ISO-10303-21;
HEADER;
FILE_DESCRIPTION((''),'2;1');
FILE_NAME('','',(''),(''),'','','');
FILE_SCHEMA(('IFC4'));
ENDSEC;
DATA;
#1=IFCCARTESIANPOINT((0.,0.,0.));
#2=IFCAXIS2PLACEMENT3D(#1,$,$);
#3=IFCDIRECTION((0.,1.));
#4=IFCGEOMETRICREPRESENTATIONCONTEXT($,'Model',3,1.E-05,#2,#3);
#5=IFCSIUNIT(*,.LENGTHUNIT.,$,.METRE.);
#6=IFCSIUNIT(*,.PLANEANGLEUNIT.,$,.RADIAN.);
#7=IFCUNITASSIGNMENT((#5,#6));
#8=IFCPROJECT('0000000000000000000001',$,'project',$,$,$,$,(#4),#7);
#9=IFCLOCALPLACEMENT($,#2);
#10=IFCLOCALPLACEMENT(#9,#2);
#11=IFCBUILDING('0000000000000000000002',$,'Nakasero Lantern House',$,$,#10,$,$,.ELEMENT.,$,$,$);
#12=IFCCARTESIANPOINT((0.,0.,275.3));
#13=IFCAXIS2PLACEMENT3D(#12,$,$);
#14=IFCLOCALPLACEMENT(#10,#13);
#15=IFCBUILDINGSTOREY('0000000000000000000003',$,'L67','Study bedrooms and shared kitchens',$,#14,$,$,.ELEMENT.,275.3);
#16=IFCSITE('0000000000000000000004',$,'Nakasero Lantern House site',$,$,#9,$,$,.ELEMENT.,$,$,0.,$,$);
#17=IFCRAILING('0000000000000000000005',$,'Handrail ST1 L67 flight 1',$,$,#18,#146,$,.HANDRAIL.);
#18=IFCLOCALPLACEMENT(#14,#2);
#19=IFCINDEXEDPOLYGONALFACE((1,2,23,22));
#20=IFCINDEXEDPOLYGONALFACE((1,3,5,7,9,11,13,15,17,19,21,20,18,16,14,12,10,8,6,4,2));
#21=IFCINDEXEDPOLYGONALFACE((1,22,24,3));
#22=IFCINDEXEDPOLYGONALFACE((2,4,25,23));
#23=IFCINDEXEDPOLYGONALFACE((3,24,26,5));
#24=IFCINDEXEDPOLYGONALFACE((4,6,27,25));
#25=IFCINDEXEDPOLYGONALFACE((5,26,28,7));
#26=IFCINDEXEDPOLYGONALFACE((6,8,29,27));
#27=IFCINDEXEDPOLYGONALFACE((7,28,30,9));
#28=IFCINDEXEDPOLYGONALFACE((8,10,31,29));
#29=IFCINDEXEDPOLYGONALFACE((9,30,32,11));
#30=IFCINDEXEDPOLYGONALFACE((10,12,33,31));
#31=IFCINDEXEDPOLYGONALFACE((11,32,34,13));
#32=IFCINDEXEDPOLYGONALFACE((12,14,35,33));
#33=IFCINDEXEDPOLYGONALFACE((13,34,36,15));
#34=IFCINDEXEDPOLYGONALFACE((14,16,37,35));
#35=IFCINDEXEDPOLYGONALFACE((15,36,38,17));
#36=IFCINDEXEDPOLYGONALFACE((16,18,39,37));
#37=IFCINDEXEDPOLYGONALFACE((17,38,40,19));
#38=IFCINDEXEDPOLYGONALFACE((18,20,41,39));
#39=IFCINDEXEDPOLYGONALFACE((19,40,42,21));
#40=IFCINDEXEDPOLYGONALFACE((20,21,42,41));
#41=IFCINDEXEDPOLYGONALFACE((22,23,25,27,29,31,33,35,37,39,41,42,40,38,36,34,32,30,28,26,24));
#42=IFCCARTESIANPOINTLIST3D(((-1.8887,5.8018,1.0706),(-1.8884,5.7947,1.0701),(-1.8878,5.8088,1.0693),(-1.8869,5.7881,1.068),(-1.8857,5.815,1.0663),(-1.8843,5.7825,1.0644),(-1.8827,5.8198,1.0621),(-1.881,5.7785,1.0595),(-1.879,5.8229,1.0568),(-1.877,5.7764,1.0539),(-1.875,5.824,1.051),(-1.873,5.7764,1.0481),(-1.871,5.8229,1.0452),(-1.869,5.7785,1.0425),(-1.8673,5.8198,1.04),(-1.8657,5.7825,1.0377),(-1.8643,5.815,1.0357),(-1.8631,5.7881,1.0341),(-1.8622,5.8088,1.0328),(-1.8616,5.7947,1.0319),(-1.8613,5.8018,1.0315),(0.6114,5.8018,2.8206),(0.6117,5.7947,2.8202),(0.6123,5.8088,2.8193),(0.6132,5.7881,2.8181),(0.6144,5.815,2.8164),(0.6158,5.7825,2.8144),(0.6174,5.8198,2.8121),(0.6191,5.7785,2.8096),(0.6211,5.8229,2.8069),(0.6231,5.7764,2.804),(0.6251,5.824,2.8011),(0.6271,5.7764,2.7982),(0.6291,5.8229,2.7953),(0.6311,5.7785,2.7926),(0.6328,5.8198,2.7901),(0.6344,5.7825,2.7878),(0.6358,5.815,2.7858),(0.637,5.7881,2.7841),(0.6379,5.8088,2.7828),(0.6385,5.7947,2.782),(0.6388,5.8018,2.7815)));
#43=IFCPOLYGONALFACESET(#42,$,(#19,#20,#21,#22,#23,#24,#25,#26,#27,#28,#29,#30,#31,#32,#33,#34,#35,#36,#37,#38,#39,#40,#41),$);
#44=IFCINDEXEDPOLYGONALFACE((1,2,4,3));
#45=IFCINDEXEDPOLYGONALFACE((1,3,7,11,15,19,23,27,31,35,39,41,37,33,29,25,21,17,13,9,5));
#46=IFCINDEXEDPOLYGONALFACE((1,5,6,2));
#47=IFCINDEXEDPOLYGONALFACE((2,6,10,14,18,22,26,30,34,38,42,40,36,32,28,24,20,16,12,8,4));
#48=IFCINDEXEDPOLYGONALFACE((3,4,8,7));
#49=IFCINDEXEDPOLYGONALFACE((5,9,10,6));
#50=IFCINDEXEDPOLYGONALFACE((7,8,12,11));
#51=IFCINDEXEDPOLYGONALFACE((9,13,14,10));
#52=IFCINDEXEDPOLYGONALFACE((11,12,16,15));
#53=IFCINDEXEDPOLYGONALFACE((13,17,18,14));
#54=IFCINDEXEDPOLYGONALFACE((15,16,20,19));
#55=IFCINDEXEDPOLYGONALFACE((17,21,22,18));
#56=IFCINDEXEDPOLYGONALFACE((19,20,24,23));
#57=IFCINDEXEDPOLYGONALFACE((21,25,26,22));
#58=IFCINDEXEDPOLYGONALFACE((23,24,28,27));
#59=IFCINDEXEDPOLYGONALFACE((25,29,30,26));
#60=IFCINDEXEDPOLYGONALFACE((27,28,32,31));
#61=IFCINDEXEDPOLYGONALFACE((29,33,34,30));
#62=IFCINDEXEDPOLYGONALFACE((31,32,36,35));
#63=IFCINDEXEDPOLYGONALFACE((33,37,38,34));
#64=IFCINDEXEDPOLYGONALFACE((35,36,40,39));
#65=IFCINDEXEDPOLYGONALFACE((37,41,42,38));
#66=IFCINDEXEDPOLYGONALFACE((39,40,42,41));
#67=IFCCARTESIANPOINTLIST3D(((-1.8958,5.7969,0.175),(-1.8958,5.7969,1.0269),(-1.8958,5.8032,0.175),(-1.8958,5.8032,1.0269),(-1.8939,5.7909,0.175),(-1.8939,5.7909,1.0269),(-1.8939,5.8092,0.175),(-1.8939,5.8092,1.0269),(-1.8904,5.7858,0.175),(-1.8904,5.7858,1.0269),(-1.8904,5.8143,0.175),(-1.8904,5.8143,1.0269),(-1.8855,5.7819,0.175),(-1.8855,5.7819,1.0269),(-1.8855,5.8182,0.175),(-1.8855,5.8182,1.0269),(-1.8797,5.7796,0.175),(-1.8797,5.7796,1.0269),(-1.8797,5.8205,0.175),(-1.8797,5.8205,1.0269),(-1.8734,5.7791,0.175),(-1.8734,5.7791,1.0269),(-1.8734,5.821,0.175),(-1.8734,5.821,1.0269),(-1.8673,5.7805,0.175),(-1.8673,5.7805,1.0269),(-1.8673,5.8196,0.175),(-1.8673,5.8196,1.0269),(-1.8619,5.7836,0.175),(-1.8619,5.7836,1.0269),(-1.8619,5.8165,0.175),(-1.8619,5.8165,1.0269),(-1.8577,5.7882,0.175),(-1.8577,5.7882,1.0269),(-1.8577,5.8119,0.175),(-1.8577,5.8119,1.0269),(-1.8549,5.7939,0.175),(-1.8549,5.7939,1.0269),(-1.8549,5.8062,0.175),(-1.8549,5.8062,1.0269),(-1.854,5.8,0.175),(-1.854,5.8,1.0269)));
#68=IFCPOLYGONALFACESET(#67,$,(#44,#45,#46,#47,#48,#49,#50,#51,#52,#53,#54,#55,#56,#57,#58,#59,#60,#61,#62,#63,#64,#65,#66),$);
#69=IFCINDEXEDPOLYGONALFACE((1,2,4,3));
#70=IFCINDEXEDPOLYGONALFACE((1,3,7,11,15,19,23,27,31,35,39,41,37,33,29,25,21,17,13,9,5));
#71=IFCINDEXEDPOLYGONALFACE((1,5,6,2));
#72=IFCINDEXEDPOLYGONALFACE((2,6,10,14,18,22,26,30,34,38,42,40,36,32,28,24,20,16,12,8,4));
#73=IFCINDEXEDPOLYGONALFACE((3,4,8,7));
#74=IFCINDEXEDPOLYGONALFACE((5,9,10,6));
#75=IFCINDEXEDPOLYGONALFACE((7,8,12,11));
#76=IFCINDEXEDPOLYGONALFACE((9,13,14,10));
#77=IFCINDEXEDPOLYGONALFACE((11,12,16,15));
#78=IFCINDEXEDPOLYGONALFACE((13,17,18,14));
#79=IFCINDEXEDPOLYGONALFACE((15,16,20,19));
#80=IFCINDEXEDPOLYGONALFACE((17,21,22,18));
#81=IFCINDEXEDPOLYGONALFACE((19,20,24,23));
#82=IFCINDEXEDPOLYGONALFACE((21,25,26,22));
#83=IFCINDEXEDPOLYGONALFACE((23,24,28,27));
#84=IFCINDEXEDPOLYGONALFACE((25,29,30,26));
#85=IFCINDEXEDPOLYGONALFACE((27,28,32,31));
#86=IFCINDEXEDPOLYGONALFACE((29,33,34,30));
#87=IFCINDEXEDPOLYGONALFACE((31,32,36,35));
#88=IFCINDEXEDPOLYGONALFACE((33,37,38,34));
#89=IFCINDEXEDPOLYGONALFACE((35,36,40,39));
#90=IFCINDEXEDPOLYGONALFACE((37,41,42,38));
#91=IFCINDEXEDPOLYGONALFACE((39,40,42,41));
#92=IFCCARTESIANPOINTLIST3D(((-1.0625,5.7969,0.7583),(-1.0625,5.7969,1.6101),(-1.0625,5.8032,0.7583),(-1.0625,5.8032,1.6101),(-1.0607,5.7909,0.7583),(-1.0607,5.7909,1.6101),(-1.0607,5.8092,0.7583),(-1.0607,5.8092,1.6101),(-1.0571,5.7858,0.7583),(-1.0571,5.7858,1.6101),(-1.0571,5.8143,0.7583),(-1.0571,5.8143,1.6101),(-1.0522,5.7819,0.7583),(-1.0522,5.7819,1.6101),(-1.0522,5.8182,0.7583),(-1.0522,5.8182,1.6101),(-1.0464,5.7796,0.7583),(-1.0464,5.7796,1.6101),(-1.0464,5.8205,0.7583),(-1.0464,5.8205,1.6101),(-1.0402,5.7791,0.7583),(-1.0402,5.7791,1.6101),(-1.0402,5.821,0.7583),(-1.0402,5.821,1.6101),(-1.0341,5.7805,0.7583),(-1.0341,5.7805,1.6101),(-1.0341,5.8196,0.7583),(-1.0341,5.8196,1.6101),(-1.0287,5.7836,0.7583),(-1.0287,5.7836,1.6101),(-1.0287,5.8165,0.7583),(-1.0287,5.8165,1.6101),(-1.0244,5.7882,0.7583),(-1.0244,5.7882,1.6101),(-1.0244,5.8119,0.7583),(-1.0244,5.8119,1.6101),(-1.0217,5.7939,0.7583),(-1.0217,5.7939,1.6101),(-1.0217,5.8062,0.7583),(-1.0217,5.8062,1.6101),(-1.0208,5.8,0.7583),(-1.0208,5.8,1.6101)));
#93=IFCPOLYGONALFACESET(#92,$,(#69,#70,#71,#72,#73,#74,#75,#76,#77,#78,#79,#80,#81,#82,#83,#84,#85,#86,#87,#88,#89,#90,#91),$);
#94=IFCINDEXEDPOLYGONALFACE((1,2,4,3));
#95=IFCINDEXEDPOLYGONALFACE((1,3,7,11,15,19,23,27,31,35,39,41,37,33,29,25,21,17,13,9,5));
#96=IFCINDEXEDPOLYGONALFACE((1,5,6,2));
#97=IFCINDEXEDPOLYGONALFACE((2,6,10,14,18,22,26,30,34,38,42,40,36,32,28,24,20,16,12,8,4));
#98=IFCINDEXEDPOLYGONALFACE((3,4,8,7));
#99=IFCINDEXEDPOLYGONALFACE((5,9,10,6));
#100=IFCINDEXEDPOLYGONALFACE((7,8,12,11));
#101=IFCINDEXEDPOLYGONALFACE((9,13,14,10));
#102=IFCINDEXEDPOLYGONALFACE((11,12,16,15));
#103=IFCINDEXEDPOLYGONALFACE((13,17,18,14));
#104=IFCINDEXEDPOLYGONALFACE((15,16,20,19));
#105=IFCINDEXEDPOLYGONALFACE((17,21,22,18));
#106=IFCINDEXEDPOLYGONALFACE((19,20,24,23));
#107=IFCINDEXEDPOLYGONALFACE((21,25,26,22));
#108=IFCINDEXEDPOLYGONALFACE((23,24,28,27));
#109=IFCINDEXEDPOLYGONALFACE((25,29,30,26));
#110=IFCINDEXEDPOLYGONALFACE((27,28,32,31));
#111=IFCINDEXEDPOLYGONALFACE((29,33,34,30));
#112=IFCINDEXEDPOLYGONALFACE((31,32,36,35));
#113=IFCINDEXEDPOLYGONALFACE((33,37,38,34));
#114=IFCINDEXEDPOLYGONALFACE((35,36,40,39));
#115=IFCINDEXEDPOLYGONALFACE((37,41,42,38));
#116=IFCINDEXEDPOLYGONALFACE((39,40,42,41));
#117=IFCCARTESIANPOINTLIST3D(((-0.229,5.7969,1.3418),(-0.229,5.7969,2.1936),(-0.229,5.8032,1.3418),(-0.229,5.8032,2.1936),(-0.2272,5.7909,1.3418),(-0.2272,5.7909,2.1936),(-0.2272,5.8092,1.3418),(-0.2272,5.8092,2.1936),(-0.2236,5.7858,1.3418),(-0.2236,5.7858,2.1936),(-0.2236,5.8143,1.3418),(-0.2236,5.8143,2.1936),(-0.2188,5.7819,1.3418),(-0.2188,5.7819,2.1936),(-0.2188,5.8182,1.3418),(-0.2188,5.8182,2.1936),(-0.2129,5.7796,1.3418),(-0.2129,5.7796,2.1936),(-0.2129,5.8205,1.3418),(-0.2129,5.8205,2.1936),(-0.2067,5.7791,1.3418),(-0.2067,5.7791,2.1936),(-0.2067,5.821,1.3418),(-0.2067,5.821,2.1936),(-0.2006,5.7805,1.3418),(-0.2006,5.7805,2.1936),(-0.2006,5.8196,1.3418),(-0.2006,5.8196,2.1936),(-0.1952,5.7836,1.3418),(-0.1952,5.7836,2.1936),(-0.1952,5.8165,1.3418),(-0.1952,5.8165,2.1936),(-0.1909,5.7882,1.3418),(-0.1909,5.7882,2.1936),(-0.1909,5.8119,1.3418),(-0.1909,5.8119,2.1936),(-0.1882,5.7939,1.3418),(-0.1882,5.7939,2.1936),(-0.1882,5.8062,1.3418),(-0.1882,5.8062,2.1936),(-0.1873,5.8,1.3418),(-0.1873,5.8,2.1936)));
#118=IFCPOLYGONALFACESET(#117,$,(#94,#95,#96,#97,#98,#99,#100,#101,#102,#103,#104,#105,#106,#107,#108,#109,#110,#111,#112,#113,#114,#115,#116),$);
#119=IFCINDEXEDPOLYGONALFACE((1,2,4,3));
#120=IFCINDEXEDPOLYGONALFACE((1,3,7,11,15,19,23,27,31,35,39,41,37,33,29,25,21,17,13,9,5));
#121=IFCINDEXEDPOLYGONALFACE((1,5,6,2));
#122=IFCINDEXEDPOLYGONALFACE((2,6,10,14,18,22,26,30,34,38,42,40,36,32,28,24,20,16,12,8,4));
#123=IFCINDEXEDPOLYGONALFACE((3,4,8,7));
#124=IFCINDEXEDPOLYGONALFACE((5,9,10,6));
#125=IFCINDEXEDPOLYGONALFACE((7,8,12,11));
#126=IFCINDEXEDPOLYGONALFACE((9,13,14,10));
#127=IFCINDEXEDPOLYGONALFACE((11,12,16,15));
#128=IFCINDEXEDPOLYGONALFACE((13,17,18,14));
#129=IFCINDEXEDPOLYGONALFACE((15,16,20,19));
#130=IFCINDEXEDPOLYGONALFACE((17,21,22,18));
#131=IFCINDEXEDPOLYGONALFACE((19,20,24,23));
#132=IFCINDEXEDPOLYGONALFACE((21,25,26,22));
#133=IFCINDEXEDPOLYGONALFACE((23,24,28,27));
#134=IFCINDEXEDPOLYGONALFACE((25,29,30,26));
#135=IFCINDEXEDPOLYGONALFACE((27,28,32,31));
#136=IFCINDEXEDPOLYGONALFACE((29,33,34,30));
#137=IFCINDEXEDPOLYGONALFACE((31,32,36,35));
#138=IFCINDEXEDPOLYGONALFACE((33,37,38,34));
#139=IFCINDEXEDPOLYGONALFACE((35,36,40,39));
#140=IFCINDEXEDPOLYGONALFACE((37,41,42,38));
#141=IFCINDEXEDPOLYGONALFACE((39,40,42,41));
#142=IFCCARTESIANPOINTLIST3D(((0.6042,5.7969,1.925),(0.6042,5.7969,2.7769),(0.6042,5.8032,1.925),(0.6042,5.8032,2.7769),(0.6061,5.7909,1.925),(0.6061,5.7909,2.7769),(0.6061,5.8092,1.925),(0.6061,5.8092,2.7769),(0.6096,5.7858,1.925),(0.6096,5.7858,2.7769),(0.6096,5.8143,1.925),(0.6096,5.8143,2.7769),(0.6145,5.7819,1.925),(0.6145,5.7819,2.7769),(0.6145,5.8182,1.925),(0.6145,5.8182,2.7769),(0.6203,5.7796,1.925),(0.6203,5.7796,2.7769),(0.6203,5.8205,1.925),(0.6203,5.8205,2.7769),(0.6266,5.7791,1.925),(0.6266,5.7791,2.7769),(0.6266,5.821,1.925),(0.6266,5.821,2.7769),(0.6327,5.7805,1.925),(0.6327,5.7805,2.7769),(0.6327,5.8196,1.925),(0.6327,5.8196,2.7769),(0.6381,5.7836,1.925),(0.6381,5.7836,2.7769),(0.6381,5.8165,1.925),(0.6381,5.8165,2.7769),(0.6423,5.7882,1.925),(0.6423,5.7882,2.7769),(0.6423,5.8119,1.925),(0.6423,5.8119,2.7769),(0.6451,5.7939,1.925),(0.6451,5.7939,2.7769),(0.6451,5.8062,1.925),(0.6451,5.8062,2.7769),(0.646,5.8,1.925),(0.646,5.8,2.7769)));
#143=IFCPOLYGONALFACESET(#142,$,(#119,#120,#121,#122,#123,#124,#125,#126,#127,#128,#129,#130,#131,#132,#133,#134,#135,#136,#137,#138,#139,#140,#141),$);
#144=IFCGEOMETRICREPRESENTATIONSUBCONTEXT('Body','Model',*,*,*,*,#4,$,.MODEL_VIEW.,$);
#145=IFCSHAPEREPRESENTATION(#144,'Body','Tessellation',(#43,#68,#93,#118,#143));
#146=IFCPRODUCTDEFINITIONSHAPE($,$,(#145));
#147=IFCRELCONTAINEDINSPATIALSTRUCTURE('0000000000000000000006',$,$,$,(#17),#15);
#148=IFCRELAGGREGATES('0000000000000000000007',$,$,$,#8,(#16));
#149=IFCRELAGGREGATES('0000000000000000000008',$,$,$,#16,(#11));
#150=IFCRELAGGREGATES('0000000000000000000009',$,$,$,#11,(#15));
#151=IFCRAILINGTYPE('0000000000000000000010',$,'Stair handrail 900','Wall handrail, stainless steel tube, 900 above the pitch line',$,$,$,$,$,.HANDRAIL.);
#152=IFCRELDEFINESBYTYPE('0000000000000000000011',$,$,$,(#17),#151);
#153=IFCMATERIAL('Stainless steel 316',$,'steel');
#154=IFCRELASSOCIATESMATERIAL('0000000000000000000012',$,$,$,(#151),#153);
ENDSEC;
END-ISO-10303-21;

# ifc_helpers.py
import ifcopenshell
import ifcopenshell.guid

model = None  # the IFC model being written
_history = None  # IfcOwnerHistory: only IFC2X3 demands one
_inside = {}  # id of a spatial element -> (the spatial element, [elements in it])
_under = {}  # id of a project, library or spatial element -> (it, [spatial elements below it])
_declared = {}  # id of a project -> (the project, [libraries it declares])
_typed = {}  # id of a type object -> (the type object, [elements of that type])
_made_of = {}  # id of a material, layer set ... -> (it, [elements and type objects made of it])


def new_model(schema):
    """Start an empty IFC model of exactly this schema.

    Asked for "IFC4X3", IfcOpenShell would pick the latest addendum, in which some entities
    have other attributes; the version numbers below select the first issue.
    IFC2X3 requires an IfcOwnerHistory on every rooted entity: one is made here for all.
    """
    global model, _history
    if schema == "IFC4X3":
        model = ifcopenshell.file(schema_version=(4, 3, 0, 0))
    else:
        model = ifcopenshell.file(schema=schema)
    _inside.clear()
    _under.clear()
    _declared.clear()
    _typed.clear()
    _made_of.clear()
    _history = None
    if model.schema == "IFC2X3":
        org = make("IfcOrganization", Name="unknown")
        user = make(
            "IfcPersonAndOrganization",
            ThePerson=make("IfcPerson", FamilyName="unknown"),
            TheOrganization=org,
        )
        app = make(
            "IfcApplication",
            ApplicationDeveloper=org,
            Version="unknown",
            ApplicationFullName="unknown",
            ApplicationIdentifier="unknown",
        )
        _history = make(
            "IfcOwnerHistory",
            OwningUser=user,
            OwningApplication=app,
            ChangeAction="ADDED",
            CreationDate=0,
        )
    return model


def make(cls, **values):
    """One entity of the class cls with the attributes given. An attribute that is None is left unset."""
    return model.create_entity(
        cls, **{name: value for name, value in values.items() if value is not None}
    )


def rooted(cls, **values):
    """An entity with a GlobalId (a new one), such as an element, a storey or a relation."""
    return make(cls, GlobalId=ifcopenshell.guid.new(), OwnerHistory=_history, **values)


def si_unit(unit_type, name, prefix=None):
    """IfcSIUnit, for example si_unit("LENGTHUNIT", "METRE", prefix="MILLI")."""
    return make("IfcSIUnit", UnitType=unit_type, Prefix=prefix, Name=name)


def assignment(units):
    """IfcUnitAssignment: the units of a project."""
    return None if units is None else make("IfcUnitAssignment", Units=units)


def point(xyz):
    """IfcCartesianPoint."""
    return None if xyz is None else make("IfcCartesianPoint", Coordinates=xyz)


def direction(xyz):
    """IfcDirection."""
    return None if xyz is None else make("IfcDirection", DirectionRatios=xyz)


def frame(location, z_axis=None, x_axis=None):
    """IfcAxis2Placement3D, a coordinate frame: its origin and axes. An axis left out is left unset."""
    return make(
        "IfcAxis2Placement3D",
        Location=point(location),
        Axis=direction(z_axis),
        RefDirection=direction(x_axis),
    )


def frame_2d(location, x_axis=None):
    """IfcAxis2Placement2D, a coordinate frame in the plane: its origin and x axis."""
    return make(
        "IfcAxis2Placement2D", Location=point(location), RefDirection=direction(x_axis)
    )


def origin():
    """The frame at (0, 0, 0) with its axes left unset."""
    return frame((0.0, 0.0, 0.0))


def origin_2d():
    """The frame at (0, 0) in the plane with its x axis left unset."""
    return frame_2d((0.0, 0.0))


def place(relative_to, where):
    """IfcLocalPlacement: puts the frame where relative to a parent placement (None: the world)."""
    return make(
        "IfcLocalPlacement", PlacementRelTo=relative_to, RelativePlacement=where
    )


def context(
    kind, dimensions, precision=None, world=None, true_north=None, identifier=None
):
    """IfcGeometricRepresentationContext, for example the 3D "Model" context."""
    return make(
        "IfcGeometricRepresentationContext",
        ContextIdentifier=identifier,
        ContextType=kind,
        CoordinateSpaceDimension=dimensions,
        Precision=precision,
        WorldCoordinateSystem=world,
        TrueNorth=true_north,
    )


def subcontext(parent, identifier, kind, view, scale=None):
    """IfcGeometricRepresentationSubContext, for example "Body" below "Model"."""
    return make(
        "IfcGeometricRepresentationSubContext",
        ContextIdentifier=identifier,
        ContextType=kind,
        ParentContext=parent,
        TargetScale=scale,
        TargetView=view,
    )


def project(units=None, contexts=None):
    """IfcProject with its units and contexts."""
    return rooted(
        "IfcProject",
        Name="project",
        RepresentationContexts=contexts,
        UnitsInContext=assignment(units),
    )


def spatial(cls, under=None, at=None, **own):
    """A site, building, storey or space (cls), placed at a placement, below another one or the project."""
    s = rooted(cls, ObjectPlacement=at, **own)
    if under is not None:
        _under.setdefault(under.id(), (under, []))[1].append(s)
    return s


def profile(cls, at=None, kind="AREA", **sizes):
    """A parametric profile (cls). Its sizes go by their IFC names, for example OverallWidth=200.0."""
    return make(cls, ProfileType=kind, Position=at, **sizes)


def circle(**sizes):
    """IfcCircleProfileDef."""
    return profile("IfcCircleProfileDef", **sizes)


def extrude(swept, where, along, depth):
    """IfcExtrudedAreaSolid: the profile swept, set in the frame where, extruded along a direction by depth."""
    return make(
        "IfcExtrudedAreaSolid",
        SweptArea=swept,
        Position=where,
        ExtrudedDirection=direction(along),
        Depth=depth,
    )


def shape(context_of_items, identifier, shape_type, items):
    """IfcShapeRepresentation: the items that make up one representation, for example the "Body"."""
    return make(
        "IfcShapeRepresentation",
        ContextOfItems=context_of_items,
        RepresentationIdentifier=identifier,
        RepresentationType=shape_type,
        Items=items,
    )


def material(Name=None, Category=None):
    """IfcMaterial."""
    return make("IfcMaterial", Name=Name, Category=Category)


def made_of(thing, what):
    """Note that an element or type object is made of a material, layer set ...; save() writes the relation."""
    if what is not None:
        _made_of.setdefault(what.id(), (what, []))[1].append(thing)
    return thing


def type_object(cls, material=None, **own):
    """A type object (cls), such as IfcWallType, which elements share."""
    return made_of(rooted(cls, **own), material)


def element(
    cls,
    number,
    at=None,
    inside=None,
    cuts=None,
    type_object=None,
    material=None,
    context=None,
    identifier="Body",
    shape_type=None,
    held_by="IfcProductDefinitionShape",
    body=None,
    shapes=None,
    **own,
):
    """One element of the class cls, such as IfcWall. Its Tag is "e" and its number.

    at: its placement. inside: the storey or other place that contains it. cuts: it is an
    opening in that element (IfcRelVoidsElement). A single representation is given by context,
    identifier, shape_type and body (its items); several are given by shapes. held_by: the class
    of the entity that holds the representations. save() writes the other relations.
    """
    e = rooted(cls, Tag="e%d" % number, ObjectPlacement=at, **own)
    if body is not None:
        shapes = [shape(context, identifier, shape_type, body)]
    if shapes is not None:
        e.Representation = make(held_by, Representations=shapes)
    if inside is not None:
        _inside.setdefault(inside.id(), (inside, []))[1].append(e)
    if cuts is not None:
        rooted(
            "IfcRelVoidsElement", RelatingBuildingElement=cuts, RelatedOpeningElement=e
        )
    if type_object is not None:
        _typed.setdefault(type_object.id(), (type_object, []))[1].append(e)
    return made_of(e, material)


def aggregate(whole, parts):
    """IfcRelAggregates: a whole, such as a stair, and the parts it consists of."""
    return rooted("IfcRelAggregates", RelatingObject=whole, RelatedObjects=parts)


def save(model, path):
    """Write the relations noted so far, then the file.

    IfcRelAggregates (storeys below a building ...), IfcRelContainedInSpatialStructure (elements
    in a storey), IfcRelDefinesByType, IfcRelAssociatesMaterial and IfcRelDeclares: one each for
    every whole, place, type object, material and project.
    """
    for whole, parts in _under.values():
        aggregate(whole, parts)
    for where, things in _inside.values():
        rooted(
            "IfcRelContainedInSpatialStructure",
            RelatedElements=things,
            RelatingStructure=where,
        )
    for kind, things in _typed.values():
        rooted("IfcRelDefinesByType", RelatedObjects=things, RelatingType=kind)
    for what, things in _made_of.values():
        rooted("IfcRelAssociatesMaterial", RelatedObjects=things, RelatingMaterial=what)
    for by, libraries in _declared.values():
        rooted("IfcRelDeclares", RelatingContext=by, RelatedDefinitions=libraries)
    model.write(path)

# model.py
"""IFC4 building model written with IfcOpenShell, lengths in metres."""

from ifc_helpers import new_model, si_unit, direction, frame, origin, origin_2d, place, context, subcontext, project, spatial, circle, extrude, material, type_object, element, save


model = new_model("IFC4")

# Units and contexts
model_context = context("Model", 3, precision=1e-05, world=origin(), true_north=direction((0.0, 1.0)))
body_context = subcontext(model_context, "Body", "Model", "MODEL_VIEW")
ifc_project = project(units=[si_unit("LENGTHUNIT", "METRE"), si_unit("PLANEANGLEUNIT", "RADIAN")], contexts=[model_context])

# Site, building, storey
site_placement = place(None, origin())
site = spatial("IfcSite", under=ifc_project, at=site_placement, Name="Nakasero Lantern House site", CompositionType="ELEMENT", RefElevation=0.0)
building_placement = place(site_placement, origin())
building = spatial("IfcBuilding", under=site, at=building_placement, Name="Nakasero Lantern House", CompositionType="ELEMENT")
storey_placement = place(building_placement, frame((0.0, 0.0, 275.3)))
storey = spatial("IfcBuildingStorey", under=building, at=storey_placement, Name="L67", Description="Study bedrooms and shared kitchens", CompositionType="ELEMENT", Elevation=275.3)

# Railing
ifc_material_1 = material(Name="Stainless steel 316", Category="steel")
railing_type = type_object("IfcRailingType", Name="Stair handrail 900", Description="Wall handrail, stainless steel tube, 900 above the pitch line", PredefinedType="HANDRAIL", material=ifc_material_1)
railing_placement = place(storey_placement, frame((-1.875, 5.8, 0.175)))
element("IfcRailing", 1, at=railing_placement, inside=storey, type_object=railing_type, Name="Handrail ST1 L67 flight 1", PredefinedType="HANDRAIL", context=body_context, shape_type="SweptSolid", body=[
    extrude(circle(Radius=0.0239, at=origin_2d()), frame((0.0, 0.0, 0.876), z_axis=(0.819232, 0.0, 0.573462), x_axis=(0.0, 1.0, 0.0)), (0.0, 0.0, 1.0), 3.0518),
    extrude(circle(Radius=0.021, at=origin_2d()), origin(), (0.0, 0.0, 1.0), 0.8518),
    extrude(circle(Radius=0.021, at=origin_2d()), frame((0.8333, 0.0, 0.5833)), (0.0, 0.0, 1.0), 0.8518),
    extrude(circle(Radius=0.021, at=origin_2d()), frame((1.6667, 0.0, 1.1667)), (0.0, 0.0, 1.0), 0.8518),
    extrude(circle(Radius=0.021, at=origin_2d()), frame((2.5, 0.0, 1.75)), (0.0, 0.0, 1.0), 0.8518),
])

save(model, "model.ifc")
